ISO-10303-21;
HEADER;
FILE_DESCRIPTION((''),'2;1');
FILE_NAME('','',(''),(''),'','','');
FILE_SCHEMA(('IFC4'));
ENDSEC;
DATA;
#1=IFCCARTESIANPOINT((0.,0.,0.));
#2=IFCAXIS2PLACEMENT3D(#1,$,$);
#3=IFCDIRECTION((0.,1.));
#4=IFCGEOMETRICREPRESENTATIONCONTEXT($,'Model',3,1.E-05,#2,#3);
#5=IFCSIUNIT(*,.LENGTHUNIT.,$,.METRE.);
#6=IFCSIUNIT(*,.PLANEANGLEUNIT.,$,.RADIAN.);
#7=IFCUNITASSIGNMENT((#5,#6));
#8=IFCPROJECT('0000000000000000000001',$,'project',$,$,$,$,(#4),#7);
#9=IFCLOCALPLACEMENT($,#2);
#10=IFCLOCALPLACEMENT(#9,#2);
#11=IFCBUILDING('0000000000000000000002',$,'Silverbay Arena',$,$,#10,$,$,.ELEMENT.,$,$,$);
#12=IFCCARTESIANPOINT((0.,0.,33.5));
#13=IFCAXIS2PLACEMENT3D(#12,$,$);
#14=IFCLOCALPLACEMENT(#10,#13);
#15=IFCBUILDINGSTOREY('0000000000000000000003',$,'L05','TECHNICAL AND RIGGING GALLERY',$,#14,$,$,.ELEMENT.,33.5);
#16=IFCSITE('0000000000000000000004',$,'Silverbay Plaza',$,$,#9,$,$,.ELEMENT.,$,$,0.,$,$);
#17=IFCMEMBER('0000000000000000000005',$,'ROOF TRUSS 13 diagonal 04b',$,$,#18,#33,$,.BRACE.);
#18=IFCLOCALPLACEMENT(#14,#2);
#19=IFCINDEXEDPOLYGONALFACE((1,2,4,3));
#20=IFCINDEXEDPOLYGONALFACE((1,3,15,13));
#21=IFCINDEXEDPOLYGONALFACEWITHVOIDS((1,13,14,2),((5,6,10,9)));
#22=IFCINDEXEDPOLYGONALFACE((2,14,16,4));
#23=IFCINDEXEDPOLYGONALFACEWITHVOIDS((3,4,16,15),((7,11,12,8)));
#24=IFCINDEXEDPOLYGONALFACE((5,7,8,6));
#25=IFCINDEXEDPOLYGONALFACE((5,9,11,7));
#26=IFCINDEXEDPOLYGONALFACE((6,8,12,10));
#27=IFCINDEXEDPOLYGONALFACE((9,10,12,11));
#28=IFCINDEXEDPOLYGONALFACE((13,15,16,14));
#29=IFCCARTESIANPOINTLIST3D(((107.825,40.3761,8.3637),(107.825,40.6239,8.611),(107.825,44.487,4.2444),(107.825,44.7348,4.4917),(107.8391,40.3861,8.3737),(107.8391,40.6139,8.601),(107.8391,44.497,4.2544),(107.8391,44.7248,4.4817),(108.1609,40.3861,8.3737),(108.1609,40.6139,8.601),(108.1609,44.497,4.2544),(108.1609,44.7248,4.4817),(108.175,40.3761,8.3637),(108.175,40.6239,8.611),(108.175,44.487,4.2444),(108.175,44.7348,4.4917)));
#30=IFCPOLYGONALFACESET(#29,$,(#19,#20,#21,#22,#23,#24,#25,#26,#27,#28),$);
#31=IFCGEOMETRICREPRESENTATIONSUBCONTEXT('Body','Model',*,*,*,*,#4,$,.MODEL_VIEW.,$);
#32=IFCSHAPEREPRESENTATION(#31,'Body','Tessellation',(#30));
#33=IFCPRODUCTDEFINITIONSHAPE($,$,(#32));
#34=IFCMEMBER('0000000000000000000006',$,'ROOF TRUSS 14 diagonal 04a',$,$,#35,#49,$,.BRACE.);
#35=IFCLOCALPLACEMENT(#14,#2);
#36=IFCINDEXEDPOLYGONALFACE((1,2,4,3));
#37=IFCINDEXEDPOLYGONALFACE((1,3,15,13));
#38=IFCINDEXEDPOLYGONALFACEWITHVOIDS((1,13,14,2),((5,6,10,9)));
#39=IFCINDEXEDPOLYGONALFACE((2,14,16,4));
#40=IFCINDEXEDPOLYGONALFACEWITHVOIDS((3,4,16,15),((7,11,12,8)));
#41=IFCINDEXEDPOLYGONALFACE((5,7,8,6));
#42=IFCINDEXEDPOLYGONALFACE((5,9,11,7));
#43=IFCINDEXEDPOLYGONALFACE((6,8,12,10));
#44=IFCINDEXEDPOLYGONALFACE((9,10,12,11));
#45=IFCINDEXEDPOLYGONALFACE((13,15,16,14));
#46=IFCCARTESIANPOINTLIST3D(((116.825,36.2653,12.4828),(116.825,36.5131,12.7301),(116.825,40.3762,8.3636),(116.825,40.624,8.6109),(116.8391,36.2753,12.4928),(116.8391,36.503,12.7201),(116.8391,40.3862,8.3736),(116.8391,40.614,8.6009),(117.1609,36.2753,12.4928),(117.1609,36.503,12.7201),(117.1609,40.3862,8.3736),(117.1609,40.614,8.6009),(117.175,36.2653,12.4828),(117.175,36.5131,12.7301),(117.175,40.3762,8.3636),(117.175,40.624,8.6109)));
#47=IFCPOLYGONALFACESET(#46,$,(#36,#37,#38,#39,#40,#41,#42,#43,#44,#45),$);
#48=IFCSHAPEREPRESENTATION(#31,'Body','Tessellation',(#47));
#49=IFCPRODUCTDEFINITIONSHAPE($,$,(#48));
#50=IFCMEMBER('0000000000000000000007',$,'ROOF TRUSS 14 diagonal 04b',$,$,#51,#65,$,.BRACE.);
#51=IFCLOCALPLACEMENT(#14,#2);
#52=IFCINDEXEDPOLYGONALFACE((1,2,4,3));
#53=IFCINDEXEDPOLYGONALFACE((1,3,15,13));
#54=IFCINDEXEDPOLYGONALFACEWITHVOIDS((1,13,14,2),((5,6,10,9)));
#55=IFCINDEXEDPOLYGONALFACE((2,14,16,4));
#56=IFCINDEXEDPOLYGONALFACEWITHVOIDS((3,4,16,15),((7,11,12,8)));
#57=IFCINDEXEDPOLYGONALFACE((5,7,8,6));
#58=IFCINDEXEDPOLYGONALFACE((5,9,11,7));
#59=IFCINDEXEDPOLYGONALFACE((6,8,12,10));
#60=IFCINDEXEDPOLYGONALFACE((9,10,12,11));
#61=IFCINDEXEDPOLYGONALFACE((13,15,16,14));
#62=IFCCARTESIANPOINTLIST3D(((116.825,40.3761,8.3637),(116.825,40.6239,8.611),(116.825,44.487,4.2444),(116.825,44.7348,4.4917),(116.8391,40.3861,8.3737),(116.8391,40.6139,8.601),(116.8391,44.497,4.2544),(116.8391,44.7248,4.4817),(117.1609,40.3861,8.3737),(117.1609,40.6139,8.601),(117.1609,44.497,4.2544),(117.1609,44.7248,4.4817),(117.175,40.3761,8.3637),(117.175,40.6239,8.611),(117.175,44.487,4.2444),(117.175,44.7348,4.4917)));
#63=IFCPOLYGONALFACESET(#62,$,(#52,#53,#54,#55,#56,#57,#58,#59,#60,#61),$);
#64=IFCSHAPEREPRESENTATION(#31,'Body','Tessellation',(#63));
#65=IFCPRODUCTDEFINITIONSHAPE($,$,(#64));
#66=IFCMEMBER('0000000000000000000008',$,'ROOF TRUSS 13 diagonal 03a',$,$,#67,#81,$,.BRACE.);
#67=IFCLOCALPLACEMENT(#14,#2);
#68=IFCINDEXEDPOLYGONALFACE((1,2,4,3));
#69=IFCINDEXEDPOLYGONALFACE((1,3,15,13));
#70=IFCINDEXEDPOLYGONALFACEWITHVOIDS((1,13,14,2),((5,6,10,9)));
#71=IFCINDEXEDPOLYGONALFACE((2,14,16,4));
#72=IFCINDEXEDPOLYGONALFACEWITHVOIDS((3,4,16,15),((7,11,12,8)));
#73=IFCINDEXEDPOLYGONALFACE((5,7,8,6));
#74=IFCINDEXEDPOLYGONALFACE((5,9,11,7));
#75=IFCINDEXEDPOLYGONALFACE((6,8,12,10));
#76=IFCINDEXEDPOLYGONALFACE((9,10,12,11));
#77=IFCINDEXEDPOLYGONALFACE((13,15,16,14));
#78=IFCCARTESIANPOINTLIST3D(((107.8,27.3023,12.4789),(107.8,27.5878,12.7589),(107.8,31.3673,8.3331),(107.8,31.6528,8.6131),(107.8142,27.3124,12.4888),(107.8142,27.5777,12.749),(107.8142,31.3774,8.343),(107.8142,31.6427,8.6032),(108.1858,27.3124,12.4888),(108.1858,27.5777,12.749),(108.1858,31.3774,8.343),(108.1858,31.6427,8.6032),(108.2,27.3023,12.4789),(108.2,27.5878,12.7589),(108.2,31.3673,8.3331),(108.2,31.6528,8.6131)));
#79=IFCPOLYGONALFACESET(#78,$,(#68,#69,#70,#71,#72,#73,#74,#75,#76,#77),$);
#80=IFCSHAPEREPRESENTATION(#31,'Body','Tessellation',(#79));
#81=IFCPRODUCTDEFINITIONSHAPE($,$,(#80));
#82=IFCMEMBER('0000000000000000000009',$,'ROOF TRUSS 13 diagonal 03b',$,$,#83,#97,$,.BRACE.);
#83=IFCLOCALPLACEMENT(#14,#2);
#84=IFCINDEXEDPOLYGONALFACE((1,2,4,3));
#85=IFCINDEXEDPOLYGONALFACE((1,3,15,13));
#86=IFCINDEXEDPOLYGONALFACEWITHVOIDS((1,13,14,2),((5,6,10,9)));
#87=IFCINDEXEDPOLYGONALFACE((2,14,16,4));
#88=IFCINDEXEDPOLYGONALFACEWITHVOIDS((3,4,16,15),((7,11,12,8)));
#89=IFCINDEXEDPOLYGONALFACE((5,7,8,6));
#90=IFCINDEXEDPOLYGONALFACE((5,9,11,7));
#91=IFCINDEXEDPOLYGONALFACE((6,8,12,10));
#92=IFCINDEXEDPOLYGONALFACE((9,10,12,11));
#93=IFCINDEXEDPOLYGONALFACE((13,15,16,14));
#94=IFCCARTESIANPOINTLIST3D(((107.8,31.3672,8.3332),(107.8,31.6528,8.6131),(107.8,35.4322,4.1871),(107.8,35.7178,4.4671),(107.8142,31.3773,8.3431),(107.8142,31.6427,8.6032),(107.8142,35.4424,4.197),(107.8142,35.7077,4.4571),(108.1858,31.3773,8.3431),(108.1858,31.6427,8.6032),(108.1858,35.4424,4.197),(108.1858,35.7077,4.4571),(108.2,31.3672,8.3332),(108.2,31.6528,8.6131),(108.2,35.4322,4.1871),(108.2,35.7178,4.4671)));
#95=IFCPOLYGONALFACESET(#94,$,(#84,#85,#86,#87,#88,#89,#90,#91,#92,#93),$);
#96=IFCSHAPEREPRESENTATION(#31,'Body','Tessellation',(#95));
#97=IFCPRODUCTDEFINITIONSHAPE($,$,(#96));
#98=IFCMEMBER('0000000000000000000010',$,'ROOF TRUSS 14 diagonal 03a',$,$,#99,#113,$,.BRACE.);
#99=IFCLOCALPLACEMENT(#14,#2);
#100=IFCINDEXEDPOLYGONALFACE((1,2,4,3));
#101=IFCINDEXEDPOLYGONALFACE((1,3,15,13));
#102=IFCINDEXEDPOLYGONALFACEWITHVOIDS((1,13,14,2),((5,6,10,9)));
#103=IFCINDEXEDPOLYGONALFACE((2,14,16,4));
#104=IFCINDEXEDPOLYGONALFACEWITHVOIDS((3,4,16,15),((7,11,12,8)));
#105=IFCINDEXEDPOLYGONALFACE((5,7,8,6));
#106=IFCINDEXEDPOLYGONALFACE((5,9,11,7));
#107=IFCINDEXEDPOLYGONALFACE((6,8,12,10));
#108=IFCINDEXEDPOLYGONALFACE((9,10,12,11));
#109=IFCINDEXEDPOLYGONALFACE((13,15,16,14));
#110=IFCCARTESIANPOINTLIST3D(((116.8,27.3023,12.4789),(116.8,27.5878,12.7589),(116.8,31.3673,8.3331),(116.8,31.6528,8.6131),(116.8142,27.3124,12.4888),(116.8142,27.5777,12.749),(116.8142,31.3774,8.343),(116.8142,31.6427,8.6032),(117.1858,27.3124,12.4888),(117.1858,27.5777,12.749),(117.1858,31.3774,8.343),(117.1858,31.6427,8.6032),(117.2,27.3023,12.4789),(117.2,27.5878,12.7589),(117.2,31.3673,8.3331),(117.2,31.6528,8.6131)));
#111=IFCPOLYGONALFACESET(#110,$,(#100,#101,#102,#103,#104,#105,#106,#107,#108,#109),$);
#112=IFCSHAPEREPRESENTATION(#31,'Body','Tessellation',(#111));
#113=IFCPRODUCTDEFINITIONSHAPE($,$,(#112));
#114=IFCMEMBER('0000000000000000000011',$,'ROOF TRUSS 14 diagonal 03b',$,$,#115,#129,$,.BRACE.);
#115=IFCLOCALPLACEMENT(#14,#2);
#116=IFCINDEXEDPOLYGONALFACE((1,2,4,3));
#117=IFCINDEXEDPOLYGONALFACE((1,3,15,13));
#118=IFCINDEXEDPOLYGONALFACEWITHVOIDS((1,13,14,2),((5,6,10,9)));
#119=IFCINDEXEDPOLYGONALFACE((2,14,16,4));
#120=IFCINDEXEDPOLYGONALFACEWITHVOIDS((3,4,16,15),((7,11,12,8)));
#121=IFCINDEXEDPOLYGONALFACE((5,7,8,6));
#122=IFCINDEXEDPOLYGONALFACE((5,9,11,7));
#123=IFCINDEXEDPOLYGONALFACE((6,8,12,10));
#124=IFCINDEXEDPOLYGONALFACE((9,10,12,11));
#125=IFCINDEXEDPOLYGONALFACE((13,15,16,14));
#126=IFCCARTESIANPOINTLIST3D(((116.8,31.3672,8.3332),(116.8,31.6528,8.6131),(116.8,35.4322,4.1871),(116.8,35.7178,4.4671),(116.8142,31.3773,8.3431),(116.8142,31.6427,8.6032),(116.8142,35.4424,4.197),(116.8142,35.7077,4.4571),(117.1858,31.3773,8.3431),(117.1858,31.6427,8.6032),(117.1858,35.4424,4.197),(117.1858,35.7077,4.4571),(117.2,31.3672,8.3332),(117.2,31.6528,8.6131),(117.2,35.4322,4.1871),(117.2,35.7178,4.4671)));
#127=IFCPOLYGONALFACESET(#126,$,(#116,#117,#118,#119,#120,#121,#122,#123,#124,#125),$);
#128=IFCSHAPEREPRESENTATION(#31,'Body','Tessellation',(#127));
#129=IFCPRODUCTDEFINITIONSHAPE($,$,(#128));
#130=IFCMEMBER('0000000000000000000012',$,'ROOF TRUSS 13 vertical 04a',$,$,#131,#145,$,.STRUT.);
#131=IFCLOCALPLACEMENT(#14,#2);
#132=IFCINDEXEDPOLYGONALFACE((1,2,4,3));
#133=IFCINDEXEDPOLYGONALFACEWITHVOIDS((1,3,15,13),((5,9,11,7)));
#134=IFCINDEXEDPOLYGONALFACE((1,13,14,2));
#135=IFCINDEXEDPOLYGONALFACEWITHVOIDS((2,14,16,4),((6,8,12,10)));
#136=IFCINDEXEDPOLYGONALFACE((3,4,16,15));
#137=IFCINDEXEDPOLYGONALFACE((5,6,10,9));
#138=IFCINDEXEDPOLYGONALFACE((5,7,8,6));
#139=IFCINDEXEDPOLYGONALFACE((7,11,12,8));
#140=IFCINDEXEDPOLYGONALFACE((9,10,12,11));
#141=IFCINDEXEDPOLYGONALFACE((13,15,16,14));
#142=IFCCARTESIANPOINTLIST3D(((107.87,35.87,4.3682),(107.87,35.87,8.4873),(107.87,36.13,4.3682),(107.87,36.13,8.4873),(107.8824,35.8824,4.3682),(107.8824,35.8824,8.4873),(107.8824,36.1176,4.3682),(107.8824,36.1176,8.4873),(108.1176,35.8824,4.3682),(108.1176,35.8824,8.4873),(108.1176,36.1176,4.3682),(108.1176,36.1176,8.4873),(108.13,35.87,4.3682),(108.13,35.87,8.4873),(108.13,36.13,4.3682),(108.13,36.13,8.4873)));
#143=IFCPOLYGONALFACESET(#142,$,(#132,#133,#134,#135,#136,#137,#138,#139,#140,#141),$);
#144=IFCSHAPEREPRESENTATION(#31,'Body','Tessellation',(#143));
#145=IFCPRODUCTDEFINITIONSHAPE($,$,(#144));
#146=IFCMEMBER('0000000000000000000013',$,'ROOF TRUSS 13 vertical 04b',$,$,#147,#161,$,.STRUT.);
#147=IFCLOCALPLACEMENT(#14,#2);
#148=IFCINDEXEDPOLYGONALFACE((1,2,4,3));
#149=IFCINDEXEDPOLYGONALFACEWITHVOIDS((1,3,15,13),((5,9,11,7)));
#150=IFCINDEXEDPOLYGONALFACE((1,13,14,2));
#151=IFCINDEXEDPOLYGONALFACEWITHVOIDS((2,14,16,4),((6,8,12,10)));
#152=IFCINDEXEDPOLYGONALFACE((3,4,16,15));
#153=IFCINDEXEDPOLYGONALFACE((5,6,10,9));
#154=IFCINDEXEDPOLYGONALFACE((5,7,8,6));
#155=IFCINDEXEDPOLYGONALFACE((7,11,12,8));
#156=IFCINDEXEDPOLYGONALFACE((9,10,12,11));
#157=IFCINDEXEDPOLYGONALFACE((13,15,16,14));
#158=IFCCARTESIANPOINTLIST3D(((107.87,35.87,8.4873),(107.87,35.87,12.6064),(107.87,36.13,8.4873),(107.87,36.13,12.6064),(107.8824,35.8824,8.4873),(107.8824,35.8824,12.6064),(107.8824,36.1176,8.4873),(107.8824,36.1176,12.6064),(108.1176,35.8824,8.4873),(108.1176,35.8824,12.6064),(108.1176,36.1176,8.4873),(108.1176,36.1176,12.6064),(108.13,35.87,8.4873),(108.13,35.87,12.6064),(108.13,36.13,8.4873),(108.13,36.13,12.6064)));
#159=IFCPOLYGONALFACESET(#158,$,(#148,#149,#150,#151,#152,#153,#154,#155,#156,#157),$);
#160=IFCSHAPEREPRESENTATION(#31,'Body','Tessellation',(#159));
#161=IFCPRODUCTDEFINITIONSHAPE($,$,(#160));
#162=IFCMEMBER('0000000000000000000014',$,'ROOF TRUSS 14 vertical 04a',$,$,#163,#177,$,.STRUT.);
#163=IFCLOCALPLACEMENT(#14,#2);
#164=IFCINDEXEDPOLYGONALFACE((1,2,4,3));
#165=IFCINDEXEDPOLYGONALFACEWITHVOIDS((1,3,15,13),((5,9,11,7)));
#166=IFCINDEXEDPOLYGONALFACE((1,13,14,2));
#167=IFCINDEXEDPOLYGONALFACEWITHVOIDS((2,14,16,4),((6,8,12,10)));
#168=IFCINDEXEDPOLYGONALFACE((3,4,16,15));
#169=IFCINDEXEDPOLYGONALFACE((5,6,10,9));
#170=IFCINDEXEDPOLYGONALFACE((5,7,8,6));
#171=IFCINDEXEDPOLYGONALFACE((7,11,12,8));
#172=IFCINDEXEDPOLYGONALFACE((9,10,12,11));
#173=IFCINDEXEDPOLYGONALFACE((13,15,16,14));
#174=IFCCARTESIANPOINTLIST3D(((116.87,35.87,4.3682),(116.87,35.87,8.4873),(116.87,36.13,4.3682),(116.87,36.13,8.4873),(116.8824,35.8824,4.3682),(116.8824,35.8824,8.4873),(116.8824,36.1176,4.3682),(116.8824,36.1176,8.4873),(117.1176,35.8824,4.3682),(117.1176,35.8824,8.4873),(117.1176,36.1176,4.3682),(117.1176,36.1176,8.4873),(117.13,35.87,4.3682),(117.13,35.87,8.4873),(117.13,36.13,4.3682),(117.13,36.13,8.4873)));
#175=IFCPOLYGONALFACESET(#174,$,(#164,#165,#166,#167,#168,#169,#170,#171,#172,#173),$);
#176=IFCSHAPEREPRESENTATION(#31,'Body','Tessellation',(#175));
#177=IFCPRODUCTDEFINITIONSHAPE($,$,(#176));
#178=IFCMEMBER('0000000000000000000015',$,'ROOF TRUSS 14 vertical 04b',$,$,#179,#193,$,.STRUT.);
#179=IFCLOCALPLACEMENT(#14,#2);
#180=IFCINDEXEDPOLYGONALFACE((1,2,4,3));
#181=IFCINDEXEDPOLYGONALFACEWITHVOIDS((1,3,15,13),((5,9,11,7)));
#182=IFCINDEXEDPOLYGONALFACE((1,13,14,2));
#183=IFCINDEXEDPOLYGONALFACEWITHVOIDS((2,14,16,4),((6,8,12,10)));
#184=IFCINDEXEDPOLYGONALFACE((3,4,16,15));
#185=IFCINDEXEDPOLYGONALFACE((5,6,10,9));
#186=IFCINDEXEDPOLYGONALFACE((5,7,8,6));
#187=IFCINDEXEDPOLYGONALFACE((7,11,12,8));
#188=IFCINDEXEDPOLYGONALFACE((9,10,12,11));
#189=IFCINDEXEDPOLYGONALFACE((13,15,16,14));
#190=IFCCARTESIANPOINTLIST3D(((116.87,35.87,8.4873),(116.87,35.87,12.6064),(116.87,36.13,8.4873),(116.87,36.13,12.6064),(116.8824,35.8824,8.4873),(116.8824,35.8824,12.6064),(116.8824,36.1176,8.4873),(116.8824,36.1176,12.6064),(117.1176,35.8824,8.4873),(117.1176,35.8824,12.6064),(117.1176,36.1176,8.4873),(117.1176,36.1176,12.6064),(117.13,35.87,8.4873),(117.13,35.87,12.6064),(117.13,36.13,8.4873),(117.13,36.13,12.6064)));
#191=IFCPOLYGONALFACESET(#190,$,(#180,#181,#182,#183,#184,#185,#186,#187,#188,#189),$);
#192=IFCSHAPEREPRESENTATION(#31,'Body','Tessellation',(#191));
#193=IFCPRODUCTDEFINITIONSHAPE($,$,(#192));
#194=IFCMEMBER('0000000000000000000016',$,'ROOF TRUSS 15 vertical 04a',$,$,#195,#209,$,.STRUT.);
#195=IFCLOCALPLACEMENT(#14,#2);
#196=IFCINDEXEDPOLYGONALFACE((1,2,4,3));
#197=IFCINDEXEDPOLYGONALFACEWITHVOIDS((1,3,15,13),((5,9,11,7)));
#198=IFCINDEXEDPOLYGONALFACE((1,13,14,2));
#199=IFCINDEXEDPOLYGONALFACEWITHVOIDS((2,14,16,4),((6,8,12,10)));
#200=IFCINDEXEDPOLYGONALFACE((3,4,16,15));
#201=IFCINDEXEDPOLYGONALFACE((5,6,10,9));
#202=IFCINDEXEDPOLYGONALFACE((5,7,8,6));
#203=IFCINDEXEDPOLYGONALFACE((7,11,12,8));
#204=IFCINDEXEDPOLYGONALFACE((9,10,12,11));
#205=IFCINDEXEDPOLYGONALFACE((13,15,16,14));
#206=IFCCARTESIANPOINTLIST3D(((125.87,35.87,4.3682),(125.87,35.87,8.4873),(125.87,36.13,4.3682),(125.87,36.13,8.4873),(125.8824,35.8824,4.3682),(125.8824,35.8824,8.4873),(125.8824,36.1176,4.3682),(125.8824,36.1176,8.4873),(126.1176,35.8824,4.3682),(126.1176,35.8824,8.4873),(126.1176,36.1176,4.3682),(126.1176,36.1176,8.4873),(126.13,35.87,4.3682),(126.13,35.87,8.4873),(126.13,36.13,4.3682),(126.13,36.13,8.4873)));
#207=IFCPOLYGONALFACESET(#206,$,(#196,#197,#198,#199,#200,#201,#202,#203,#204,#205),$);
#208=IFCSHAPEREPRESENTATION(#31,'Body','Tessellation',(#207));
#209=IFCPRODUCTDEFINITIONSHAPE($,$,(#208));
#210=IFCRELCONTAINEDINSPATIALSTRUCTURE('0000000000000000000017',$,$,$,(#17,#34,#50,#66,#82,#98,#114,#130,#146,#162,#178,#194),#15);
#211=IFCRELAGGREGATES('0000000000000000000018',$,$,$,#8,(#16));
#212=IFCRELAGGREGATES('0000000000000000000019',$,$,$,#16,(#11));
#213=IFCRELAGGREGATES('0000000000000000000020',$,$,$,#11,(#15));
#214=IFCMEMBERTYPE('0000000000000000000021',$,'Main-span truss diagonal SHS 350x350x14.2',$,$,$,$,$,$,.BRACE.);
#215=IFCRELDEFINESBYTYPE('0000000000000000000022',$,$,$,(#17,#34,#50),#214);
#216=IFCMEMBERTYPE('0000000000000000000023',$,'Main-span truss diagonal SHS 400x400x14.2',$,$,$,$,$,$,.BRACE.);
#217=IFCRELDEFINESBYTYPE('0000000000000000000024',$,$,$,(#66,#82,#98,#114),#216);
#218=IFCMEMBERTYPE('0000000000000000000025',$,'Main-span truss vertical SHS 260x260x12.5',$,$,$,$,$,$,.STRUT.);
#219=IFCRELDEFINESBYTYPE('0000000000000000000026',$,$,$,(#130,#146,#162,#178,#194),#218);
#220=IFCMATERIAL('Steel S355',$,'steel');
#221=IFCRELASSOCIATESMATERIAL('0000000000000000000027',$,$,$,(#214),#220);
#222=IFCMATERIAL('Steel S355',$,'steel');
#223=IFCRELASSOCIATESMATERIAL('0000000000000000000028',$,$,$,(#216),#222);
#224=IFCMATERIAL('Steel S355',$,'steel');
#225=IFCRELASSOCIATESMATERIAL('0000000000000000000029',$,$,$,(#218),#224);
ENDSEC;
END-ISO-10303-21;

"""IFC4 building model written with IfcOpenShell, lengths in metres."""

from ifc_helpers import new_model, si_unit, direction, frame, origin, origin_2d, place, context, subcontext, project, spatial, hollow_rectangle, extrude, material, material_profile, profile_set, type_object, element, save


model = new_model("IFC4")

# Units and contexts
model_context = context("Model", 3, precision=1e-05, world=origin(), true_north=direction((0.0, 1.0)))
body_context = subcontext(model_context, "Body", "Model", "MODEL_VIEW")
ifc_project = project(units=[si_unit("LENGTHUNIT", "METRE"), si_unit("PLANEANGLEUNIT", "RADIAN")], contexts=[model_context])

# Site, building, storey
site_placement = place(None, origin())
site = spatial("IfcSite", under=ifc_project, at=site_placement, Name="Silverbay Plaza", CompositionType="ELEMENT", RefElevation=0.0)
building_placement = place(site_placement, origin())
building = spatial("IfcBuilding", under=site, at=building_placement, Name="Silverbay Arena", CompositionType="ELEMENT")
storey_placement = place(building_placement, frame((0.0, 0.0, 33.5)))
storey = spatial("IfcBuildingStorey", under=building, at=storey_placement, Name="L05", Description="TECHNICAL AND RIGGING GALLERY", CompositionType="ELEMENT", Elevation=33.5)

# Members
ifc_material_1 = material(Name="Steel S355", Category="steel")
ifc_material_profile_1 = material_profile(ifc_material_1, hollow_rectangle(XDim=0.3501, YDim=0.3501, WallThickness=0.0142, at=origin_2d()), Name="SHS 350x350x14.2")
ifc_profile_set_1 = profile_set([ifc_material_profile_1], Name="Steel S355")
member_type_1 = type_object("IfcMemberType", Name="Main-span truss diagonal SHS 350x350x14.2", PredefinedType="BRACE", material=ifc_profile_set_1)
for number, where, z_axis, x_axis, name in (
    (1, (108.0, 40.5, 8.4873), (0.0, 0.706393, -0.70782), (-1.0, 0.0, 0.0), "ROOF TRUSS 13 diagonal 04b"),
    (2, (117.0, 36.3892, 12.6064), (0.0, 0.706393, -0.70782), (-1.0, 0.0, 0.0), "ROOF TRUSS 14 diagonal 04a"),
    (3, (117.0, 40.5, 8.4873), (0.0, 0.706393, -0.70782), (-1.0, 0.0, 0.0), "ROOF TRUSS 14 diagonal 04b"),
):
    element("IfcMember", number, at=place(storey_placement, frame(where, z_axis=z_axis, x_axis=x_axis)), inside=storey, type_object=member_type_1, Name=name, PredefinedType="BRACE", context=body_context, shape_type="SweptSolid", body=[
        extrude(hollow_rectangle(XDim=0.3501, YDim=0.3501, WallThickness=0.0142, at=origin_2d()), origin(), (0.0, 0.0, 1.0), 5.8196),
    ])
ifc_material_2 = material(Name="Steel S355", Category="steel")
ifc_material_profile_2 = material_profile(ifc_material_2, hollow_rectangle(XDim=0.3999, YDim=0.3999, WallThickness=0.0142, at=origin_2d()), Name="SHS 400x400x14.2")
ifc_profile_set_2 = profile_set([ifc_material_profile_2], Name="Steel S355")
member_type_2 = type_object("IfcMemberType", Name="Main-span truss diagonal SHS 400x400x14.2", PredefinedType="BRACE", material=ifc_profile_set_2)
member_1_placement = place(storey_placement, frame((108.0, 27.4451, 12.6189), z_axis=(0.0, 0.700113, -0.714032), x_axis=(-1.0, 0.0, 0.0)))
element("IfcMember", 4, at=member_1_placement, inside=storey, type_object=member_type_2, Name="ROOF TRUSS 13 diagonal 03a", PredefinedType="BRACE", context=body_context, shape_type="SweptSolid", body=[
    extrude(hollow_rectangle(XDim=0.3999, YDim=0.3999, WallThickness=0.0142, at=origin_2d()), origin(), (0.0, 0.0, 1.0), 5.8062),
])
member_2_placement = place(storey_placement, frame((108.0, 31.51, 8.4731), z_axis=(0.0, 0.700092, -0.714052), x_axis=(-1.0, 0.0, 0.0)))
element("IfcMember", 5, at=member_2_placement, inside=storey, type_object=member_type_2, Name="ROOF TRUSS 13 diagonal 03b", PredefinedType="BRACE", context=body_context, shape_type="SweptSolid", body=[
    extrude(hollow_rectangle(XDim=0.3999, YDim=0.3999, WallThickness=0.0142, at=origin_2d()), origin(), (0.0, 0.0, 1.0), 5.8064),
])
member_3_placement = place(storey_placement, frame((117.0, 27.4451, 12.6189), z_axis=(0.0, 0.700113, -0.714032), x_axis=(-1.0, 0.0, 0.0)))
element("IfcMember", 6, at=member_3_placement, inside=storey, type_object=member_type_2, Name="ROOF TRUSS 14 diagonal 03a", PredefinedType="BRACE", context=body_context, shape_type="SweptSolid", body=[
    extrude(hollow_rectangle(XDim=0.3999, YDim=0.3999, WallThickness=0.0142, at=origin_2d()), origin(), (0.0, 0.0, 1.0), 5.8062),
])
member_4_placement = place(storey_placement, frame((117.0, 31.51, 8.4731), z_axis=(0.0, 0.700092, -0.714052), x_axis=(-1.0, 0.0, 0.0)))
element("IfcMember", 7, at=member_4_placement, inside=storey, type_object=member_type_2, Name="ROOF TRUSS 14 diagonal 03b", PredefinedType="BRACE", context=body_context, shape_type="SweptSolid", body=[
    extrude(hollow_rectangle(XDim=0.3999, YDim=0.3999, WallThickness=0.0142, at=origin_2d()), origin(), (0.0, 0.0, 1.0), 5.8064),
])
ifc_material_3 = material(Name="Steel S355", Category="steel")
ifc_material_profile_3 = material_profile(ifc_material_3, hollow_rectangle(XDim=0.26, YDim=0.26, WallThickness=0.0125, at=origin_2d()), Name="SHS 260x260x12.5")
ifc_profile_set_3 = profile_set([ifc_material_profile_3], Name="Steel S355")
member_type_3 = type_object("IfcMemberType", Name="Main-span truss vertical SHS 260x260x12.5", PredefinedType="STRUT", material=ifc_profile_set_3)
for number, where, z_axis, x_axis, name in (
    (8, (108.0, 36.0, 4.3682), (0.0, 0.0, 1.0), (1.0, 0.0, 0.0), "ROOF TRUSS 13 vertical 04a"),
    (9, (108.0, 36.0, 8.4873), (0.0, 0.0, 1.0), (1.0, 0.0, 0.0), "ROOF TRUSS 13 vertical 04b"),
    (10, (117.0, 36.0, 4.3682), (0.0, 0.0, 1.0), (1.0, 0.0, 0.0), "ROOF TRUSS 14 vertical 04a"),
    (11, (117.0, 36.0, 8.4873), (0.0, 0.0, 1.0), (1.0, 0.0, 0.0), "ROOF TRUSS 14 vertical 04b"),
    (12, (126.0, 36.0, 4.3682), (0.0, 0.0, 1.0), (1.0, 0.0, 0.0), "ROOF TRUSS 15 vertical 04a"),
):
    element("IfcMember", number, at=place(storey_placement, frame(where, z_axis=z_axis, x_axis=x_axis)), inside=storey, type_object=member_type_3, Name=name, PredefinedType="STRUT", context=body_context, shape_type="SweptSolid", body=[
        extrude(hollow_rectangle(XDim=0.26, YDim=0.26, WallThickness=0.0125, at=origin_2d()), origin(), (0.0, 0.0, 1.0), 4.1191),
    ])

save(model, "model.ifc")
